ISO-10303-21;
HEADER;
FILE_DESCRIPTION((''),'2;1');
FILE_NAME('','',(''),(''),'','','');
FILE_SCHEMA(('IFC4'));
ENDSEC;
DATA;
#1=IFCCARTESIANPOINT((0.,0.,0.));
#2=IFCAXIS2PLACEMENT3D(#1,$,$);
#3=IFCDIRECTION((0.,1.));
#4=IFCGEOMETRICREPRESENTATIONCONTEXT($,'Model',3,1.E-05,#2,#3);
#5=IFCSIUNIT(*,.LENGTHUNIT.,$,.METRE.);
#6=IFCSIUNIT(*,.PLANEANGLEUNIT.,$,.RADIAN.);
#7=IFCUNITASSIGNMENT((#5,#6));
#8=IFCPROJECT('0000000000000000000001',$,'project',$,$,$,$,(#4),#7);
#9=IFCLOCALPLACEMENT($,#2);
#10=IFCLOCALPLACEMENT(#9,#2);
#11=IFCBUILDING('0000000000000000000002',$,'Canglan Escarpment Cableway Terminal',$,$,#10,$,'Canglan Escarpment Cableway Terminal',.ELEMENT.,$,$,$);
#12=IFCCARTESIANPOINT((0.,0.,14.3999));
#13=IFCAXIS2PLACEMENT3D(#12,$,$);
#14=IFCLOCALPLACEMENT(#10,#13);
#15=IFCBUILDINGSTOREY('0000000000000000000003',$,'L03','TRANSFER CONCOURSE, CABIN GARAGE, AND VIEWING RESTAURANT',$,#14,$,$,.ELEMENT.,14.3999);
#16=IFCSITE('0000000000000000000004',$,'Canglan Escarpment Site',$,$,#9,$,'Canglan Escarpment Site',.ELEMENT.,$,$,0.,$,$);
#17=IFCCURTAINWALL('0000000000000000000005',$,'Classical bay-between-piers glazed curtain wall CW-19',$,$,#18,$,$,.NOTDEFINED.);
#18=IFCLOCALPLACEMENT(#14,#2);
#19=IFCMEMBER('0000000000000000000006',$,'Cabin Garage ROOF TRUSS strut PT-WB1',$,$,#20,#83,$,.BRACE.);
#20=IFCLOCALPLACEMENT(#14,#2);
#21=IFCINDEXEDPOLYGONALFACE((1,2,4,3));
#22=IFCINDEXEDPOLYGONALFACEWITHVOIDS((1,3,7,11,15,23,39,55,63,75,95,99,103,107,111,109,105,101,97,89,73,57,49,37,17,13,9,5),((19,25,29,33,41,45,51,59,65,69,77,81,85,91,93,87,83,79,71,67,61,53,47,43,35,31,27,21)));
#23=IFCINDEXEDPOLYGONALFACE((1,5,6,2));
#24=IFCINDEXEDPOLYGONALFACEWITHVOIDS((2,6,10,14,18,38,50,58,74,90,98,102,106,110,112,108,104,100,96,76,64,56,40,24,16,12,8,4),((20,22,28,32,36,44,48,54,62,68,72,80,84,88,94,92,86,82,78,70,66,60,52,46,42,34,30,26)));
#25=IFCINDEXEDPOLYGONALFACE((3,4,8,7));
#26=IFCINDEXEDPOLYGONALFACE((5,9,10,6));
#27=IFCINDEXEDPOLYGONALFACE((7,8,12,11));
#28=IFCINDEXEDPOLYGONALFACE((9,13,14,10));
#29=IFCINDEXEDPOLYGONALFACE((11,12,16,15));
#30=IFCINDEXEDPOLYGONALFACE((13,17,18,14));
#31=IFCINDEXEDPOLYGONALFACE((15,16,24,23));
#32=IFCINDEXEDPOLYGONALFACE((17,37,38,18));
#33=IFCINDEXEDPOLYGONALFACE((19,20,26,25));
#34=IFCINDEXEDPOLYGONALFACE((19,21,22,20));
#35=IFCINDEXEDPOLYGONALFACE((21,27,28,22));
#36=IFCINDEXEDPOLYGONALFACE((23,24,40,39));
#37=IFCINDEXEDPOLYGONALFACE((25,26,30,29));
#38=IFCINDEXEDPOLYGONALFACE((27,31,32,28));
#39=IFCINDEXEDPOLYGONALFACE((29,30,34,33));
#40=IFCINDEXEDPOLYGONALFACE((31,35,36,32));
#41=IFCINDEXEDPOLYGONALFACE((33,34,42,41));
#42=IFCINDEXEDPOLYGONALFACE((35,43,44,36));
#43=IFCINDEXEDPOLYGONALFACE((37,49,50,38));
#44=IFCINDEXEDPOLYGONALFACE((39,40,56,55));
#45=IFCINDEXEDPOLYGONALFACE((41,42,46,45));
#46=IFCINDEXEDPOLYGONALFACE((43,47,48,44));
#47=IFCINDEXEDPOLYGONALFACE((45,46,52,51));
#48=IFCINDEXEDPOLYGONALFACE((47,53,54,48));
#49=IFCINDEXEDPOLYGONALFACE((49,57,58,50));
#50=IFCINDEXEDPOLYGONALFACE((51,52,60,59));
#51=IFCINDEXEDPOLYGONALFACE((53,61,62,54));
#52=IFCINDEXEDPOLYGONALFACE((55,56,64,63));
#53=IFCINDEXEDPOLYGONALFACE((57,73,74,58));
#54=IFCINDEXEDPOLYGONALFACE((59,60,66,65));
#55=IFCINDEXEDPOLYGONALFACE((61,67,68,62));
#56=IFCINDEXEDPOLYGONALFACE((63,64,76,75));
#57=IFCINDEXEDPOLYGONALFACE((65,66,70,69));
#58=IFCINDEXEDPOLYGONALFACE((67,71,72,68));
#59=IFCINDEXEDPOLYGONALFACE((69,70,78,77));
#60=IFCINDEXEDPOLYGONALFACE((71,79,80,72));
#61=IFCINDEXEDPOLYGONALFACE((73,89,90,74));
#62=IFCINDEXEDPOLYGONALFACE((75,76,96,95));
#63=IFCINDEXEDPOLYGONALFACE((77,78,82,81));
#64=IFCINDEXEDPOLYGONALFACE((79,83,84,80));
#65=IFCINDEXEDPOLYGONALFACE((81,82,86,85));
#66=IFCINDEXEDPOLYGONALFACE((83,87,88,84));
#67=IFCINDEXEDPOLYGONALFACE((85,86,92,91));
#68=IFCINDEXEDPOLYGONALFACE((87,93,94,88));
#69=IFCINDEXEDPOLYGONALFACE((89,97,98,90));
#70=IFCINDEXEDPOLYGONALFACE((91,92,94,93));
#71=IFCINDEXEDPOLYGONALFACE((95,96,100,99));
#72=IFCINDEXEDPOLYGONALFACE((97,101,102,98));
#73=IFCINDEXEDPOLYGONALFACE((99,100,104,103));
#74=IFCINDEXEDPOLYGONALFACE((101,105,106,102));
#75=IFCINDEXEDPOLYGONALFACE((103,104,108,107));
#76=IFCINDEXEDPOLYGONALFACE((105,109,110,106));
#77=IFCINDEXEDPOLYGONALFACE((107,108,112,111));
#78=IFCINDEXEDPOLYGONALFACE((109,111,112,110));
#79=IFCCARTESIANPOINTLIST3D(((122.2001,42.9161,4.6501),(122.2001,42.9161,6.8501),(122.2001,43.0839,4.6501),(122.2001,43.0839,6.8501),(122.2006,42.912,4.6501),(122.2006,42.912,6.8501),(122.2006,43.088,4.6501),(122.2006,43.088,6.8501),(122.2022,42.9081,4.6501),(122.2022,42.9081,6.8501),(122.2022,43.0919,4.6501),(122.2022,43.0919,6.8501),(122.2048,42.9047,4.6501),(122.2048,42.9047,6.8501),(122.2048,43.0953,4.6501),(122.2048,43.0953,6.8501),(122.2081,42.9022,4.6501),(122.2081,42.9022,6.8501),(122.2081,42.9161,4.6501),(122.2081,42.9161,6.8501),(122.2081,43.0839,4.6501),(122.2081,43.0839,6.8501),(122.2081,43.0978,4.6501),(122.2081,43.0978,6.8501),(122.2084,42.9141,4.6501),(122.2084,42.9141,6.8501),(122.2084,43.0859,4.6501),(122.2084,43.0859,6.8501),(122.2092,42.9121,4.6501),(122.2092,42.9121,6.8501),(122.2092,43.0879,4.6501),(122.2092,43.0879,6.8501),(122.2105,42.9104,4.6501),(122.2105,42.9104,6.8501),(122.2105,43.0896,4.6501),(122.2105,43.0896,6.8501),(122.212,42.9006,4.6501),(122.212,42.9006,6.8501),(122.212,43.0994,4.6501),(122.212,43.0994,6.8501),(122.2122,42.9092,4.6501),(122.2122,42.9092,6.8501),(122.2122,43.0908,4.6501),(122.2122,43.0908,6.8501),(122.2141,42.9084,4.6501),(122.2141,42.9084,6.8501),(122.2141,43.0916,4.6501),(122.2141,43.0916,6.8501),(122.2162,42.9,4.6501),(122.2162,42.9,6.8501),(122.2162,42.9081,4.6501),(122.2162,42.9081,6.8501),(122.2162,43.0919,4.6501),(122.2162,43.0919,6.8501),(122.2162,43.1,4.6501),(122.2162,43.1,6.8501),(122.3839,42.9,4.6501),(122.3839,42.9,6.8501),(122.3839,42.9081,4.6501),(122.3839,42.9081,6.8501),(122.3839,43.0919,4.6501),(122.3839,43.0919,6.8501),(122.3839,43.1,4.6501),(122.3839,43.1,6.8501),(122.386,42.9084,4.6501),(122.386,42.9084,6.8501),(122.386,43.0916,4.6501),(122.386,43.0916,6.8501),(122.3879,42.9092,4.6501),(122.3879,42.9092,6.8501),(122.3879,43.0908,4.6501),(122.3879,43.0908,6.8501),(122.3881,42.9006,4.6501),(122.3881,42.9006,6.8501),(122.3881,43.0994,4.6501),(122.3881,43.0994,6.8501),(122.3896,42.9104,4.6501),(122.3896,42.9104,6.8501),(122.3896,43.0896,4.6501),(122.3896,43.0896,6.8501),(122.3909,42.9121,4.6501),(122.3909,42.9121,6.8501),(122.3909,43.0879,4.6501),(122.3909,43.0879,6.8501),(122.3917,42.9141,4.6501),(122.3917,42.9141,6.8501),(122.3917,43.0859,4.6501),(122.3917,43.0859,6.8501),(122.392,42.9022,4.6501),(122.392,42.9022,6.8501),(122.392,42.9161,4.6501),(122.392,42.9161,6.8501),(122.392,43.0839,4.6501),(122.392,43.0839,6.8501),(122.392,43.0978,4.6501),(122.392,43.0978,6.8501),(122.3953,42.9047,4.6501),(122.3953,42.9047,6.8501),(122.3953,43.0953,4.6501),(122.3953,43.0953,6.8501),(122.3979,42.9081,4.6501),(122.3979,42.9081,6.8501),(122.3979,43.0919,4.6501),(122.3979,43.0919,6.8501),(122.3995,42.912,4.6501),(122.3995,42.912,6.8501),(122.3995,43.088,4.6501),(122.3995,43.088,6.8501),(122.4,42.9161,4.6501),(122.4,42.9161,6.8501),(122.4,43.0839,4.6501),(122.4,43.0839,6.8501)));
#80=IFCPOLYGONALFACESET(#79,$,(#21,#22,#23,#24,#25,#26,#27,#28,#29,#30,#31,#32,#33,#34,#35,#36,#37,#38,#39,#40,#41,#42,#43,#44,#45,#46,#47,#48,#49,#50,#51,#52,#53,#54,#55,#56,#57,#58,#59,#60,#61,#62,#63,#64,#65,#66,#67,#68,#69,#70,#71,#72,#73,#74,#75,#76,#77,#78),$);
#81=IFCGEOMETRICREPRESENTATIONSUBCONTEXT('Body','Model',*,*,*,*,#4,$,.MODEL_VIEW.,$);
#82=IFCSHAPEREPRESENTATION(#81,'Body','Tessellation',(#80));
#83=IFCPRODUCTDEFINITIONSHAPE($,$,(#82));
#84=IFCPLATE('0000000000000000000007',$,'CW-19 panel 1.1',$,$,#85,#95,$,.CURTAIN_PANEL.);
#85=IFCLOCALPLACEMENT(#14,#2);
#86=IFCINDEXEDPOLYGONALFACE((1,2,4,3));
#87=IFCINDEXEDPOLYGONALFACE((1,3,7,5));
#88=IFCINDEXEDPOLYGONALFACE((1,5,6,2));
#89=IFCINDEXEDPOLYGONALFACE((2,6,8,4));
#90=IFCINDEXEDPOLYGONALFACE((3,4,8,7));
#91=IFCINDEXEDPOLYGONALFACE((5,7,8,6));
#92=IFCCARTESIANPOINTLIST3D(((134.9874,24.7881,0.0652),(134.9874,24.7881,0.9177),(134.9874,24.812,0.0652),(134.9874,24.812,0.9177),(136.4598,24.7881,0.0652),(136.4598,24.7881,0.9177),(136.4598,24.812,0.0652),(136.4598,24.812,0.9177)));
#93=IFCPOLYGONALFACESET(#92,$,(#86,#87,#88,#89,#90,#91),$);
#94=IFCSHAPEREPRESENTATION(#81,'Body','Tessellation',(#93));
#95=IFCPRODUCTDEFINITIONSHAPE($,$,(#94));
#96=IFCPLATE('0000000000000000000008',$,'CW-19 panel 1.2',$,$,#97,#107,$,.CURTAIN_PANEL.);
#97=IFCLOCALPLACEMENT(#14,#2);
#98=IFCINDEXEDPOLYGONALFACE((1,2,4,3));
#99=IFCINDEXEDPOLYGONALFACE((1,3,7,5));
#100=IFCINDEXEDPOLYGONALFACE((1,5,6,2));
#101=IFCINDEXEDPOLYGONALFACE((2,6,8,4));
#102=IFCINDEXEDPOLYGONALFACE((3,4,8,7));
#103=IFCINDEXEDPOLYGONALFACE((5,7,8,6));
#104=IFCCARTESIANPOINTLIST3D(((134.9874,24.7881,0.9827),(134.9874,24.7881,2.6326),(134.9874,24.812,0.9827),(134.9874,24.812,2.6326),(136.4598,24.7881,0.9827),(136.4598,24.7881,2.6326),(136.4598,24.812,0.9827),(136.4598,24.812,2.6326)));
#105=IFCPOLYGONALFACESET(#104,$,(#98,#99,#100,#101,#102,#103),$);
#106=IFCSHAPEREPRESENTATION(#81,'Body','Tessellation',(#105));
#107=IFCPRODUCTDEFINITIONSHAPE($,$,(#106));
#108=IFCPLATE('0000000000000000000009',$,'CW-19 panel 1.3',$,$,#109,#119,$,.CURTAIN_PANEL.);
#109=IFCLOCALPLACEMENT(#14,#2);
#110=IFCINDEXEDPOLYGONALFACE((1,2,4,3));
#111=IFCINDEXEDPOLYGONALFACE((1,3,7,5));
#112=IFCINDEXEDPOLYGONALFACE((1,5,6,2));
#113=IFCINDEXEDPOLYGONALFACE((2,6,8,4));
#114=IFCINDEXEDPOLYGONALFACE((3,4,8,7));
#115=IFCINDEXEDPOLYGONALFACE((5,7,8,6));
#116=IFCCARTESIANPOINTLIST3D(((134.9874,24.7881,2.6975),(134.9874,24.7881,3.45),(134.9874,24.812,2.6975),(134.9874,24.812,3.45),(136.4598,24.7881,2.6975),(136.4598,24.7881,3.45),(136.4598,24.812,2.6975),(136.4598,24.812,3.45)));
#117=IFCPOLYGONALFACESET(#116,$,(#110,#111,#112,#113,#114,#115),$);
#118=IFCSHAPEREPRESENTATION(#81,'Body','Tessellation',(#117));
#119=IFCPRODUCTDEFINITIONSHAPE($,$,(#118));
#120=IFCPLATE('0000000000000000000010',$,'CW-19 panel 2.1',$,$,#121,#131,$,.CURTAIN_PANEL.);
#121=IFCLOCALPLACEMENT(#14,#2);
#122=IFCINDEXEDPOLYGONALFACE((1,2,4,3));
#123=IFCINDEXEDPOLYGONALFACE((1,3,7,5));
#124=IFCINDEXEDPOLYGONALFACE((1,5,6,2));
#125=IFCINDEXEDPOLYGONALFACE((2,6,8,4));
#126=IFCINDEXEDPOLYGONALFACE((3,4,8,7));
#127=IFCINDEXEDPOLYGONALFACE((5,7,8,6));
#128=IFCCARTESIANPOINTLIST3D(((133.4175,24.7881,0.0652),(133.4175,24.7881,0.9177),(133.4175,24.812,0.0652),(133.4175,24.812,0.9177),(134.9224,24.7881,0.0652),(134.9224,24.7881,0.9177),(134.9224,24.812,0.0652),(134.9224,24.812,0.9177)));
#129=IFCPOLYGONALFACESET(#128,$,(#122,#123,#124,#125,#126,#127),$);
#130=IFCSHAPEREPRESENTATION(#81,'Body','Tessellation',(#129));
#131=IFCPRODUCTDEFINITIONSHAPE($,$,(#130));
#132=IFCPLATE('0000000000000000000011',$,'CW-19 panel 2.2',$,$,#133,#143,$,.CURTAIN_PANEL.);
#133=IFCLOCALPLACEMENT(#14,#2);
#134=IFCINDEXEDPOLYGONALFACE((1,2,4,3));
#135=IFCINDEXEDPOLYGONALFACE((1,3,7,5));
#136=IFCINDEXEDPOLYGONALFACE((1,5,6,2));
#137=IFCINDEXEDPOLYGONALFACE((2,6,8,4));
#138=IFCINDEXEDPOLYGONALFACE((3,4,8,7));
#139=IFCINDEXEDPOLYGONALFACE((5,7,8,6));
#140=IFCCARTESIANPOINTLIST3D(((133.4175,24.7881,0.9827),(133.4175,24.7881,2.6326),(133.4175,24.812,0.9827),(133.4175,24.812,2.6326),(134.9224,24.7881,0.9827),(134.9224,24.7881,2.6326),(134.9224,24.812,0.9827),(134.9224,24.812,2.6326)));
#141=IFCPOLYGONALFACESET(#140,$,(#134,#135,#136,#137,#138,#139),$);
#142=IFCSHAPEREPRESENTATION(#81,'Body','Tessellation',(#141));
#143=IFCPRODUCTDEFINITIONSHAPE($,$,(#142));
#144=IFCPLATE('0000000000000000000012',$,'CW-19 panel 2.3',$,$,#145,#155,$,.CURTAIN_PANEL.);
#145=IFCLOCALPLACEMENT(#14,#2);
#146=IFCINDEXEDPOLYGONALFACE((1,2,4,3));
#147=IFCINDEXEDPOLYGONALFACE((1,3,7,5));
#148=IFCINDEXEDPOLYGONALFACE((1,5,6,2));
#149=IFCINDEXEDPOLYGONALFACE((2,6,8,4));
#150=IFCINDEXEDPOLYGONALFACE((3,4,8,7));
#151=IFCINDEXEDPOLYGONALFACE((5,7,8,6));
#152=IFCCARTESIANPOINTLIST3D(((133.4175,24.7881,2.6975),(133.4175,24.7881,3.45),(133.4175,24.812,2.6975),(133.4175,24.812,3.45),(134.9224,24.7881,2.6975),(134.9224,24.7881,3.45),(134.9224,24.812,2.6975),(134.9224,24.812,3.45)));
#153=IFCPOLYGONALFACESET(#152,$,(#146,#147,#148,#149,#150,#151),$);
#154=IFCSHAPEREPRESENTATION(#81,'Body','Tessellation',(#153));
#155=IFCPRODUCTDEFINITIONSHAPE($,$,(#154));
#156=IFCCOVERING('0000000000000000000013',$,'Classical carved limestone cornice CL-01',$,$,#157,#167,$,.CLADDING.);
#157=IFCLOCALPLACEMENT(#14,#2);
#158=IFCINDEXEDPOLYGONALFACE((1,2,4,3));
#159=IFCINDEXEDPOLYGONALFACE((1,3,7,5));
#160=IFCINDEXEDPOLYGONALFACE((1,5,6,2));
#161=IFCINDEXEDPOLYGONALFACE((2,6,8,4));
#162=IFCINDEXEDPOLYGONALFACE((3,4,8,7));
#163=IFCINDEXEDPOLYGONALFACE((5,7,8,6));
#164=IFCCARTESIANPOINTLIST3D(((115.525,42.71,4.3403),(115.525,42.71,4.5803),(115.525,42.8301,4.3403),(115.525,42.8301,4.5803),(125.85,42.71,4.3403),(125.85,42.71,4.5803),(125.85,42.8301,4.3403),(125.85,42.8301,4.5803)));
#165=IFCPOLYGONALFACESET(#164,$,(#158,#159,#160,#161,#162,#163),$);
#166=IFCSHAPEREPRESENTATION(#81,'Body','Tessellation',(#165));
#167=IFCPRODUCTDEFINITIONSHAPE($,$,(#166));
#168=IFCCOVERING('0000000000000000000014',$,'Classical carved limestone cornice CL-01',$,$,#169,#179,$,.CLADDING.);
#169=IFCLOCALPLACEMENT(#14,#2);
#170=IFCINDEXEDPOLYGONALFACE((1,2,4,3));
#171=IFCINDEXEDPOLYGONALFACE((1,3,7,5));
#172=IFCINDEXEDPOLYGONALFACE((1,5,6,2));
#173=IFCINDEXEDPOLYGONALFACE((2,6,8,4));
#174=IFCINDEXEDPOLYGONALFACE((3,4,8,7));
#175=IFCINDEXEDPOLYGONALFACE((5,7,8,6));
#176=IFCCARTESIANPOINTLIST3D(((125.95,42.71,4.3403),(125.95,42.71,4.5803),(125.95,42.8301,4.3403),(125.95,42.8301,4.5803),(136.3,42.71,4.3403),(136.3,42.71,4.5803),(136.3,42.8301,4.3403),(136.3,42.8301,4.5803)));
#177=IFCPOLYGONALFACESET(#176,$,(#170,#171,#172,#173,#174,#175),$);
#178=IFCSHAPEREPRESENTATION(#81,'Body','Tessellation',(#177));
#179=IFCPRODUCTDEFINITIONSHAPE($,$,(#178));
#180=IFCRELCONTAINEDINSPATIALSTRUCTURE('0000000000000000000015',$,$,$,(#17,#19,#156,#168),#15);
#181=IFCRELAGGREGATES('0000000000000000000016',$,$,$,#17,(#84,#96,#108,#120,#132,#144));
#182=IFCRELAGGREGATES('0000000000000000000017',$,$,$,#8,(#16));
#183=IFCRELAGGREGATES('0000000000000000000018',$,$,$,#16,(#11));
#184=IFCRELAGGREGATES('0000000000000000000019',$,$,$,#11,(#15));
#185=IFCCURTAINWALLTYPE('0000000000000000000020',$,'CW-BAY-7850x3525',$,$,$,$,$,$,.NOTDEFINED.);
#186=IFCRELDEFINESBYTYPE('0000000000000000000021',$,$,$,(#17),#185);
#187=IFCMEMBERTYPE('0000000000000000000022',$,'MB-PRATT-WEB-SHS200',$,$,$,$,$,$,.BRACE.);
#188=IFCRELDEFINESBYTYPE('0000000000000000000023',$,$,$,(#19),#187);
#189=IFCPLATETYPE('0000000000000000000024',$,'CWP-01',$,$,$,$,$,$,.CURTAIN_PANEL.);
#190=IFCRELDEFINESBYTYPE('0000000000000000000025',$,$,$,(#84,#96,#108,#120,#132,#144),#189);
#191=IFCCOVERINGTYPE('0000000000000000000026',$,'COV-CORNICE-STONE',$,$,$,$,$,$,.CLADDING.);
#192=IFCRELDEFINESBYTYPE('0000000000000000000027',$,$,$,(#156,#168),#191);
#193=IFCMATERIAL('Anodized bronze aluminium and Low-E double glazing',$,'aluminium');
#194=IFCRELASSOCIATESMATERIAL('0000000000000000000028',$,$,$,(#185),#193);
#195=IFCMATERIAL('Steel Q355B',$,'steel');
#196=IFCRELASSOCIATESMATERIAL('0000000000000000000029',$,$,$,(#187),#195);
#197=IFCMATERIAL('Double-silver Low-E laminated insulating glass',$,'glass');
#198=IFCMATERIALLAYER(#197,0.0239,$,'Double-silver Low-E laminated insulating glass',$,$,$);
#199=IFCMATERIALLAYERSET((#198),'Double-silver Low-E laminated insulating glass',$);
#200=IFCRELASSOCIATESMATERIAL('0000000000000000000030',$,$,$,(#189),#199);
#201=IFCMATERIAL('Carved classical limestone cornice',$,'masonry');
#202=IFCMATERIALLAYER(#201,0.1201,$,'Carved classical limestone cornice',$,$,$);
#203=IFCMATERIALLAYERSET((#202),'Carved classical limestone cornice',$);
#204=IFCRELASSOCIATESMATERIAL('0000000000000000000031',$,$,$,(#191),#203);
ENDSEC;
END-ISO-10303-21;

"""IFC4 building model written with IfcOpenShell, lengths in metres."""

from ifc_helpers import new_model, si_unit, direction, frame, origin, origin_2d, place, context, subcontext, project, spatial, rectangle, hollow_rectangle, extrude, material, layer, layer_set, material_profile, profile_set, type_object, element, aggregate, save


model = new_model("IFC4")

# Units and contexts
model_context = context("Model", 3, precision=1e-05, world=origin(), true_north=direction((0.0, 1.0)))
body_context = subcontext(model_context, "Body", "Model", "MODEL_VIEW")
ifc_project = project(units=[si_unit("LENGTHUNIT", "METRE"), si_unit("PLANEANGLEUNIT", "RADIAN")], contexts=[model_context])

# Site, building, storey
site_placement = place(None, origin())
site = spatial("IfcSite", under=ifc_project, at=site_placement, Name="Canglan Escarpment Site", LongName="Canglan Escarpment Site", CompositionType="ELEMENT", RefElevation=0.0)
building_placement = place(site_placement, origin())
building = spatial("IfcBuilding", under=site, at=building_placement, Name="Canglan Escarpment Cableway Terminal", LongName="Canglan Escarpment Cableway Terminal", CompositionType="ELEMENT")
storey_placement = place(building_placement, frame((0.0, 0.0, 14.3999)))
storey = spatial("IfcBuildingStorey", under=building, at=storey_placement, Name="L03", Description="TRANSFER CONCOURSE, CABIN GARAGE, AND VIEWING RESTAURANT", CompositionType="ELEMENT", Elevation=14.3999)

# Shared definitions
ifc_material_1 = material(Name="Steel Q355B", Category="steel")

# Curtain wall
ifc_material_2 = material(Name="Anodized bronze aluminium and Low-E double glazing", Category="aluminium")
curtain_wall_type = type_object("IfcCurtainWallType", Name="CW-BAY-7850x3525", PredefinedType="NOTDEFINED", material=ifc_material_2)
curtain_wall_placement = place(storey_placement, origin())
curtain_wall = element("IfcCurtainWall", 1, at=curtain_wall_placement, inside=storey, type_object=curtain_wall_type, Name="Classical bay-between-piers glazed curtain wall CW-19", PredefinedType="NOTDEFINED")

# Member
ifc_material_profile_1 = material_profile(ifc_material_1, hollow_rectangle(XDim=0.2, YDim=0.2, WallThickness=0.0081, InnerFilletRadius=0.0081, OuterFilletRadius=0.0161, at=origin_2d()), Name="SHS 200x200x8")
ifc_profile_set_1 = profile_set([ifc_material_profile_1], Name="Steel Q355B")
member_type_1 = type_object("IfcMemberType", Name="MB-PRATT-WEB-SHS200", PredefinedType="BRACE", material=ifc_profile_set_1)
member_1_placement = place(storey_placement, frame((122.3, 43.0, 4.6501), z_axis=(0.0, 0.0, 1.0), x_axis=(1.0, 0.0, 0.0)))
element("IfcMember", 2, at=member_1_placement, inside=storey, type_object=member_type_1, Name="Cabin Garage ROOF TRUSS strut PT-WB1", PredefinedType="BRACE", context=body_context, shape_type="SweptSolid", body=[
    extrude(hollow_rectangle(XDim=0.2, YDim=0.2, WallThickness=0.0081, InnerFilletRadius=0.0081, OuterFilletRadius=0.0161, at=origin_2d()), origin(), (0.0, 0.0, 1.0), 2.2),
])

# Plates
ifc_material_3 = material(Name="Double-silver Low-E laminated insulating glass", Category="glass")
ifc_layer_1 = layer(ifc_material_3, 0.0239, Name="Double-silver Low-E laminated insulating glass")
ifc_layer_set_1 = layer_set([ifc_layer_1], Name="Double-silver Low-E laminated insulating glass")
plate_type = type_object("IfcPlateType", Name="CWP-01", PredefinedType="CURTAIN_PANEL", material=ifc_layer_set_1)
plate_1_placement = place(storey_placement, frame((135.7236, 24.8, 0.0652), z_axis=(0.0, 0.0, 1.0), x_axis=(-1.0, 0.0, 0.0)))
plate_1 = element("IfcPlate", 3, at=plate_1_placement, type_object=plate_type, Name="CW-19 panel 1.1", PredefinedType="CURTAIN_PANEL", context=body_context, shape_type="SweptSolid", body=[
    extrude(rectangle(XDim=1.4724, YDim=0.0239, at=origin_2d()), origin(), (0.0, 0.0, 1.0), 0.8525),
])
plate_2_placement = place(storey_placement, frame((135.7236, 24.8, 0.9827), z_axis=(0.0, 0.0, 1.0), x_axis=(-1.0, 0.0, 0.0)))
plate_2 = element("IfcPlate", 4, at=plate_2_placement, type_object=plate_type, Name="CW-19 panel 1.2", PredefinedType="CURTAIN_PANEL", context=body_context, shape_type="SweptSolid", body=[
    extrude(rectangle(XDim=1.4724, YDim=0.0239, at=origin_2d()), origin(), (0.0, 0.0, 1.0), 1.6499),
])
plate_3_placement = place(storey_placement, frame((135.7236, 24.8, 2.6975), z_axis=(0.0, 0.0, 1.0), x_axis=(-1.0, 0.0, 0.0)))
plate_3 = element("IfcPlate", 5, at=plate_3_placement, type_object=plate_type, Name="CW-19 panel 1.3", PredefinedType="CURTAIN_PANEL", context=body_context, shape_type="SweptSolid", body=[
    extrude(rectangle(XDim=1.4724, YDim=0.0239, at=origin_2d()), origin(), (0.0, 0.0, 1.0), 0.7524),
])
plate_4_placement = place(storey_placement, frame((134.1699, 24.8, 0.0652), z_axis=(0.0, 0.0, 1.0), x_axis=(-1.0, 0.0, 0.0)))
plate_4 = element("IfcPlate", 6, at=plate_4_placement, type_object=plate_type, Name="CW-19 panel 2.1", PredefinedType="CURTAIN_PANEL", context=body_context, shape_type="SweptSolid", body=[
    extrude(rectangle(XDim=1.5049, YDim=0.0239, at=origin_2d()), origin(), (0.0, 0.0, 1.0), 0.8525),
])
plate_5_placement = place(storey_placement, frame((134.1699, 24.8, 0.9827), z_axis=(0.0, 0.0, 1.0), x_axis=(-1.0, 0.0, 0.0)))
plate_5 = element("IfcPlate", 7, at=plate_5_placement, type_object=plate_type, Name="CW-19 panel 2.2", PredefinedType="CURTAIN_PANEL", context=body_context, shape_type="SweptSolid", body=[
    extrude(rectangle(XDim=1.5049, YDim=0.0239, at=origin_2d()), origin(), (0.0, 0.0, 1.0), 1.6499),
])
plate_6_placement = place(storey_placement, frame((134.1699, 24.8, 2.6975), z_axis=(0.0, 0.0, 1.0), x_axis=(-1.0, 0.0, 0.0)))
plate_6 = element("IfcPlate", 8, at=plate_6_placement, type_object=plate_type, Name="CW-19 panel 2.3", PredefinedType="CURTAIN_PANEL", context=body_context, shape_type="SweptSolid", body=[
    extrude(rectangle(XDim=1.5049, YDim=0.0239, at=origin_2d()), origin(), (0.0, 0.0, 1.0), 0.7524),
])
aggregate(curtain_wall, [plate_1, plate_2, plate_3, plate_4, plate_5, plate_6])

# Coverings
ifc_material_4 = material(Name="Carved classical limestone cornice", Category="masonry")
ifc_layer_2 = layer(ifc_material_4, 0.1201, Name="Carved classical limestone cornice")
ifc_layer_set_2 = layer_set([ifc_layer_2], Name="Carved classical limestone cornice")
covering_type = type_object("IfcCoveringType", Name="COV-CORNICE-STONE", PredefinedType="CLADDING", material=ifc_layer_set_2)
covering_1_placement = place(storey_placement, frame((120.6875, 42.77, 4.3403), z_axis=(0.0, 0.0, 1.0), x_axis=(1.0, 0.0, 0.0)))
element("IfcCovering", 9, at=covering_1_placement, inside=storey, type_object=covering_type, Name="Classical carved limestone cornice CL-01", PredefinedType="CLADDING", context=body_context, shape_type="SweptSolid", body=[
    extrude(rectangle(XDim=10.325, YDim=0.1201, at=origin_2d()), origin(), (0.0, 0.0, 1.0), 0.24),
])
covering_2_placement = place(storey_placement, frame((131.125, 42.77, 4.3403), z_axis=(0.0, 0.0, 1.0), x_axis=(1.0, 0.0, 0.0)))
element("IfcCovering", 10, at=covering_2_placement, inside=storey, type_object=covering_type, Name="Classical carved limestone cornice CL-01", PredefinedType="CLADDING", context=body_context, shape_type="SweptSolid", body=[
    extrude(rectangle(XDim=10.3501, YDim=0.1201, at=origin_2d()), origin(), (0.0, 0.0, 1.0), 0.24),
])

save(model, "model.ifc")
